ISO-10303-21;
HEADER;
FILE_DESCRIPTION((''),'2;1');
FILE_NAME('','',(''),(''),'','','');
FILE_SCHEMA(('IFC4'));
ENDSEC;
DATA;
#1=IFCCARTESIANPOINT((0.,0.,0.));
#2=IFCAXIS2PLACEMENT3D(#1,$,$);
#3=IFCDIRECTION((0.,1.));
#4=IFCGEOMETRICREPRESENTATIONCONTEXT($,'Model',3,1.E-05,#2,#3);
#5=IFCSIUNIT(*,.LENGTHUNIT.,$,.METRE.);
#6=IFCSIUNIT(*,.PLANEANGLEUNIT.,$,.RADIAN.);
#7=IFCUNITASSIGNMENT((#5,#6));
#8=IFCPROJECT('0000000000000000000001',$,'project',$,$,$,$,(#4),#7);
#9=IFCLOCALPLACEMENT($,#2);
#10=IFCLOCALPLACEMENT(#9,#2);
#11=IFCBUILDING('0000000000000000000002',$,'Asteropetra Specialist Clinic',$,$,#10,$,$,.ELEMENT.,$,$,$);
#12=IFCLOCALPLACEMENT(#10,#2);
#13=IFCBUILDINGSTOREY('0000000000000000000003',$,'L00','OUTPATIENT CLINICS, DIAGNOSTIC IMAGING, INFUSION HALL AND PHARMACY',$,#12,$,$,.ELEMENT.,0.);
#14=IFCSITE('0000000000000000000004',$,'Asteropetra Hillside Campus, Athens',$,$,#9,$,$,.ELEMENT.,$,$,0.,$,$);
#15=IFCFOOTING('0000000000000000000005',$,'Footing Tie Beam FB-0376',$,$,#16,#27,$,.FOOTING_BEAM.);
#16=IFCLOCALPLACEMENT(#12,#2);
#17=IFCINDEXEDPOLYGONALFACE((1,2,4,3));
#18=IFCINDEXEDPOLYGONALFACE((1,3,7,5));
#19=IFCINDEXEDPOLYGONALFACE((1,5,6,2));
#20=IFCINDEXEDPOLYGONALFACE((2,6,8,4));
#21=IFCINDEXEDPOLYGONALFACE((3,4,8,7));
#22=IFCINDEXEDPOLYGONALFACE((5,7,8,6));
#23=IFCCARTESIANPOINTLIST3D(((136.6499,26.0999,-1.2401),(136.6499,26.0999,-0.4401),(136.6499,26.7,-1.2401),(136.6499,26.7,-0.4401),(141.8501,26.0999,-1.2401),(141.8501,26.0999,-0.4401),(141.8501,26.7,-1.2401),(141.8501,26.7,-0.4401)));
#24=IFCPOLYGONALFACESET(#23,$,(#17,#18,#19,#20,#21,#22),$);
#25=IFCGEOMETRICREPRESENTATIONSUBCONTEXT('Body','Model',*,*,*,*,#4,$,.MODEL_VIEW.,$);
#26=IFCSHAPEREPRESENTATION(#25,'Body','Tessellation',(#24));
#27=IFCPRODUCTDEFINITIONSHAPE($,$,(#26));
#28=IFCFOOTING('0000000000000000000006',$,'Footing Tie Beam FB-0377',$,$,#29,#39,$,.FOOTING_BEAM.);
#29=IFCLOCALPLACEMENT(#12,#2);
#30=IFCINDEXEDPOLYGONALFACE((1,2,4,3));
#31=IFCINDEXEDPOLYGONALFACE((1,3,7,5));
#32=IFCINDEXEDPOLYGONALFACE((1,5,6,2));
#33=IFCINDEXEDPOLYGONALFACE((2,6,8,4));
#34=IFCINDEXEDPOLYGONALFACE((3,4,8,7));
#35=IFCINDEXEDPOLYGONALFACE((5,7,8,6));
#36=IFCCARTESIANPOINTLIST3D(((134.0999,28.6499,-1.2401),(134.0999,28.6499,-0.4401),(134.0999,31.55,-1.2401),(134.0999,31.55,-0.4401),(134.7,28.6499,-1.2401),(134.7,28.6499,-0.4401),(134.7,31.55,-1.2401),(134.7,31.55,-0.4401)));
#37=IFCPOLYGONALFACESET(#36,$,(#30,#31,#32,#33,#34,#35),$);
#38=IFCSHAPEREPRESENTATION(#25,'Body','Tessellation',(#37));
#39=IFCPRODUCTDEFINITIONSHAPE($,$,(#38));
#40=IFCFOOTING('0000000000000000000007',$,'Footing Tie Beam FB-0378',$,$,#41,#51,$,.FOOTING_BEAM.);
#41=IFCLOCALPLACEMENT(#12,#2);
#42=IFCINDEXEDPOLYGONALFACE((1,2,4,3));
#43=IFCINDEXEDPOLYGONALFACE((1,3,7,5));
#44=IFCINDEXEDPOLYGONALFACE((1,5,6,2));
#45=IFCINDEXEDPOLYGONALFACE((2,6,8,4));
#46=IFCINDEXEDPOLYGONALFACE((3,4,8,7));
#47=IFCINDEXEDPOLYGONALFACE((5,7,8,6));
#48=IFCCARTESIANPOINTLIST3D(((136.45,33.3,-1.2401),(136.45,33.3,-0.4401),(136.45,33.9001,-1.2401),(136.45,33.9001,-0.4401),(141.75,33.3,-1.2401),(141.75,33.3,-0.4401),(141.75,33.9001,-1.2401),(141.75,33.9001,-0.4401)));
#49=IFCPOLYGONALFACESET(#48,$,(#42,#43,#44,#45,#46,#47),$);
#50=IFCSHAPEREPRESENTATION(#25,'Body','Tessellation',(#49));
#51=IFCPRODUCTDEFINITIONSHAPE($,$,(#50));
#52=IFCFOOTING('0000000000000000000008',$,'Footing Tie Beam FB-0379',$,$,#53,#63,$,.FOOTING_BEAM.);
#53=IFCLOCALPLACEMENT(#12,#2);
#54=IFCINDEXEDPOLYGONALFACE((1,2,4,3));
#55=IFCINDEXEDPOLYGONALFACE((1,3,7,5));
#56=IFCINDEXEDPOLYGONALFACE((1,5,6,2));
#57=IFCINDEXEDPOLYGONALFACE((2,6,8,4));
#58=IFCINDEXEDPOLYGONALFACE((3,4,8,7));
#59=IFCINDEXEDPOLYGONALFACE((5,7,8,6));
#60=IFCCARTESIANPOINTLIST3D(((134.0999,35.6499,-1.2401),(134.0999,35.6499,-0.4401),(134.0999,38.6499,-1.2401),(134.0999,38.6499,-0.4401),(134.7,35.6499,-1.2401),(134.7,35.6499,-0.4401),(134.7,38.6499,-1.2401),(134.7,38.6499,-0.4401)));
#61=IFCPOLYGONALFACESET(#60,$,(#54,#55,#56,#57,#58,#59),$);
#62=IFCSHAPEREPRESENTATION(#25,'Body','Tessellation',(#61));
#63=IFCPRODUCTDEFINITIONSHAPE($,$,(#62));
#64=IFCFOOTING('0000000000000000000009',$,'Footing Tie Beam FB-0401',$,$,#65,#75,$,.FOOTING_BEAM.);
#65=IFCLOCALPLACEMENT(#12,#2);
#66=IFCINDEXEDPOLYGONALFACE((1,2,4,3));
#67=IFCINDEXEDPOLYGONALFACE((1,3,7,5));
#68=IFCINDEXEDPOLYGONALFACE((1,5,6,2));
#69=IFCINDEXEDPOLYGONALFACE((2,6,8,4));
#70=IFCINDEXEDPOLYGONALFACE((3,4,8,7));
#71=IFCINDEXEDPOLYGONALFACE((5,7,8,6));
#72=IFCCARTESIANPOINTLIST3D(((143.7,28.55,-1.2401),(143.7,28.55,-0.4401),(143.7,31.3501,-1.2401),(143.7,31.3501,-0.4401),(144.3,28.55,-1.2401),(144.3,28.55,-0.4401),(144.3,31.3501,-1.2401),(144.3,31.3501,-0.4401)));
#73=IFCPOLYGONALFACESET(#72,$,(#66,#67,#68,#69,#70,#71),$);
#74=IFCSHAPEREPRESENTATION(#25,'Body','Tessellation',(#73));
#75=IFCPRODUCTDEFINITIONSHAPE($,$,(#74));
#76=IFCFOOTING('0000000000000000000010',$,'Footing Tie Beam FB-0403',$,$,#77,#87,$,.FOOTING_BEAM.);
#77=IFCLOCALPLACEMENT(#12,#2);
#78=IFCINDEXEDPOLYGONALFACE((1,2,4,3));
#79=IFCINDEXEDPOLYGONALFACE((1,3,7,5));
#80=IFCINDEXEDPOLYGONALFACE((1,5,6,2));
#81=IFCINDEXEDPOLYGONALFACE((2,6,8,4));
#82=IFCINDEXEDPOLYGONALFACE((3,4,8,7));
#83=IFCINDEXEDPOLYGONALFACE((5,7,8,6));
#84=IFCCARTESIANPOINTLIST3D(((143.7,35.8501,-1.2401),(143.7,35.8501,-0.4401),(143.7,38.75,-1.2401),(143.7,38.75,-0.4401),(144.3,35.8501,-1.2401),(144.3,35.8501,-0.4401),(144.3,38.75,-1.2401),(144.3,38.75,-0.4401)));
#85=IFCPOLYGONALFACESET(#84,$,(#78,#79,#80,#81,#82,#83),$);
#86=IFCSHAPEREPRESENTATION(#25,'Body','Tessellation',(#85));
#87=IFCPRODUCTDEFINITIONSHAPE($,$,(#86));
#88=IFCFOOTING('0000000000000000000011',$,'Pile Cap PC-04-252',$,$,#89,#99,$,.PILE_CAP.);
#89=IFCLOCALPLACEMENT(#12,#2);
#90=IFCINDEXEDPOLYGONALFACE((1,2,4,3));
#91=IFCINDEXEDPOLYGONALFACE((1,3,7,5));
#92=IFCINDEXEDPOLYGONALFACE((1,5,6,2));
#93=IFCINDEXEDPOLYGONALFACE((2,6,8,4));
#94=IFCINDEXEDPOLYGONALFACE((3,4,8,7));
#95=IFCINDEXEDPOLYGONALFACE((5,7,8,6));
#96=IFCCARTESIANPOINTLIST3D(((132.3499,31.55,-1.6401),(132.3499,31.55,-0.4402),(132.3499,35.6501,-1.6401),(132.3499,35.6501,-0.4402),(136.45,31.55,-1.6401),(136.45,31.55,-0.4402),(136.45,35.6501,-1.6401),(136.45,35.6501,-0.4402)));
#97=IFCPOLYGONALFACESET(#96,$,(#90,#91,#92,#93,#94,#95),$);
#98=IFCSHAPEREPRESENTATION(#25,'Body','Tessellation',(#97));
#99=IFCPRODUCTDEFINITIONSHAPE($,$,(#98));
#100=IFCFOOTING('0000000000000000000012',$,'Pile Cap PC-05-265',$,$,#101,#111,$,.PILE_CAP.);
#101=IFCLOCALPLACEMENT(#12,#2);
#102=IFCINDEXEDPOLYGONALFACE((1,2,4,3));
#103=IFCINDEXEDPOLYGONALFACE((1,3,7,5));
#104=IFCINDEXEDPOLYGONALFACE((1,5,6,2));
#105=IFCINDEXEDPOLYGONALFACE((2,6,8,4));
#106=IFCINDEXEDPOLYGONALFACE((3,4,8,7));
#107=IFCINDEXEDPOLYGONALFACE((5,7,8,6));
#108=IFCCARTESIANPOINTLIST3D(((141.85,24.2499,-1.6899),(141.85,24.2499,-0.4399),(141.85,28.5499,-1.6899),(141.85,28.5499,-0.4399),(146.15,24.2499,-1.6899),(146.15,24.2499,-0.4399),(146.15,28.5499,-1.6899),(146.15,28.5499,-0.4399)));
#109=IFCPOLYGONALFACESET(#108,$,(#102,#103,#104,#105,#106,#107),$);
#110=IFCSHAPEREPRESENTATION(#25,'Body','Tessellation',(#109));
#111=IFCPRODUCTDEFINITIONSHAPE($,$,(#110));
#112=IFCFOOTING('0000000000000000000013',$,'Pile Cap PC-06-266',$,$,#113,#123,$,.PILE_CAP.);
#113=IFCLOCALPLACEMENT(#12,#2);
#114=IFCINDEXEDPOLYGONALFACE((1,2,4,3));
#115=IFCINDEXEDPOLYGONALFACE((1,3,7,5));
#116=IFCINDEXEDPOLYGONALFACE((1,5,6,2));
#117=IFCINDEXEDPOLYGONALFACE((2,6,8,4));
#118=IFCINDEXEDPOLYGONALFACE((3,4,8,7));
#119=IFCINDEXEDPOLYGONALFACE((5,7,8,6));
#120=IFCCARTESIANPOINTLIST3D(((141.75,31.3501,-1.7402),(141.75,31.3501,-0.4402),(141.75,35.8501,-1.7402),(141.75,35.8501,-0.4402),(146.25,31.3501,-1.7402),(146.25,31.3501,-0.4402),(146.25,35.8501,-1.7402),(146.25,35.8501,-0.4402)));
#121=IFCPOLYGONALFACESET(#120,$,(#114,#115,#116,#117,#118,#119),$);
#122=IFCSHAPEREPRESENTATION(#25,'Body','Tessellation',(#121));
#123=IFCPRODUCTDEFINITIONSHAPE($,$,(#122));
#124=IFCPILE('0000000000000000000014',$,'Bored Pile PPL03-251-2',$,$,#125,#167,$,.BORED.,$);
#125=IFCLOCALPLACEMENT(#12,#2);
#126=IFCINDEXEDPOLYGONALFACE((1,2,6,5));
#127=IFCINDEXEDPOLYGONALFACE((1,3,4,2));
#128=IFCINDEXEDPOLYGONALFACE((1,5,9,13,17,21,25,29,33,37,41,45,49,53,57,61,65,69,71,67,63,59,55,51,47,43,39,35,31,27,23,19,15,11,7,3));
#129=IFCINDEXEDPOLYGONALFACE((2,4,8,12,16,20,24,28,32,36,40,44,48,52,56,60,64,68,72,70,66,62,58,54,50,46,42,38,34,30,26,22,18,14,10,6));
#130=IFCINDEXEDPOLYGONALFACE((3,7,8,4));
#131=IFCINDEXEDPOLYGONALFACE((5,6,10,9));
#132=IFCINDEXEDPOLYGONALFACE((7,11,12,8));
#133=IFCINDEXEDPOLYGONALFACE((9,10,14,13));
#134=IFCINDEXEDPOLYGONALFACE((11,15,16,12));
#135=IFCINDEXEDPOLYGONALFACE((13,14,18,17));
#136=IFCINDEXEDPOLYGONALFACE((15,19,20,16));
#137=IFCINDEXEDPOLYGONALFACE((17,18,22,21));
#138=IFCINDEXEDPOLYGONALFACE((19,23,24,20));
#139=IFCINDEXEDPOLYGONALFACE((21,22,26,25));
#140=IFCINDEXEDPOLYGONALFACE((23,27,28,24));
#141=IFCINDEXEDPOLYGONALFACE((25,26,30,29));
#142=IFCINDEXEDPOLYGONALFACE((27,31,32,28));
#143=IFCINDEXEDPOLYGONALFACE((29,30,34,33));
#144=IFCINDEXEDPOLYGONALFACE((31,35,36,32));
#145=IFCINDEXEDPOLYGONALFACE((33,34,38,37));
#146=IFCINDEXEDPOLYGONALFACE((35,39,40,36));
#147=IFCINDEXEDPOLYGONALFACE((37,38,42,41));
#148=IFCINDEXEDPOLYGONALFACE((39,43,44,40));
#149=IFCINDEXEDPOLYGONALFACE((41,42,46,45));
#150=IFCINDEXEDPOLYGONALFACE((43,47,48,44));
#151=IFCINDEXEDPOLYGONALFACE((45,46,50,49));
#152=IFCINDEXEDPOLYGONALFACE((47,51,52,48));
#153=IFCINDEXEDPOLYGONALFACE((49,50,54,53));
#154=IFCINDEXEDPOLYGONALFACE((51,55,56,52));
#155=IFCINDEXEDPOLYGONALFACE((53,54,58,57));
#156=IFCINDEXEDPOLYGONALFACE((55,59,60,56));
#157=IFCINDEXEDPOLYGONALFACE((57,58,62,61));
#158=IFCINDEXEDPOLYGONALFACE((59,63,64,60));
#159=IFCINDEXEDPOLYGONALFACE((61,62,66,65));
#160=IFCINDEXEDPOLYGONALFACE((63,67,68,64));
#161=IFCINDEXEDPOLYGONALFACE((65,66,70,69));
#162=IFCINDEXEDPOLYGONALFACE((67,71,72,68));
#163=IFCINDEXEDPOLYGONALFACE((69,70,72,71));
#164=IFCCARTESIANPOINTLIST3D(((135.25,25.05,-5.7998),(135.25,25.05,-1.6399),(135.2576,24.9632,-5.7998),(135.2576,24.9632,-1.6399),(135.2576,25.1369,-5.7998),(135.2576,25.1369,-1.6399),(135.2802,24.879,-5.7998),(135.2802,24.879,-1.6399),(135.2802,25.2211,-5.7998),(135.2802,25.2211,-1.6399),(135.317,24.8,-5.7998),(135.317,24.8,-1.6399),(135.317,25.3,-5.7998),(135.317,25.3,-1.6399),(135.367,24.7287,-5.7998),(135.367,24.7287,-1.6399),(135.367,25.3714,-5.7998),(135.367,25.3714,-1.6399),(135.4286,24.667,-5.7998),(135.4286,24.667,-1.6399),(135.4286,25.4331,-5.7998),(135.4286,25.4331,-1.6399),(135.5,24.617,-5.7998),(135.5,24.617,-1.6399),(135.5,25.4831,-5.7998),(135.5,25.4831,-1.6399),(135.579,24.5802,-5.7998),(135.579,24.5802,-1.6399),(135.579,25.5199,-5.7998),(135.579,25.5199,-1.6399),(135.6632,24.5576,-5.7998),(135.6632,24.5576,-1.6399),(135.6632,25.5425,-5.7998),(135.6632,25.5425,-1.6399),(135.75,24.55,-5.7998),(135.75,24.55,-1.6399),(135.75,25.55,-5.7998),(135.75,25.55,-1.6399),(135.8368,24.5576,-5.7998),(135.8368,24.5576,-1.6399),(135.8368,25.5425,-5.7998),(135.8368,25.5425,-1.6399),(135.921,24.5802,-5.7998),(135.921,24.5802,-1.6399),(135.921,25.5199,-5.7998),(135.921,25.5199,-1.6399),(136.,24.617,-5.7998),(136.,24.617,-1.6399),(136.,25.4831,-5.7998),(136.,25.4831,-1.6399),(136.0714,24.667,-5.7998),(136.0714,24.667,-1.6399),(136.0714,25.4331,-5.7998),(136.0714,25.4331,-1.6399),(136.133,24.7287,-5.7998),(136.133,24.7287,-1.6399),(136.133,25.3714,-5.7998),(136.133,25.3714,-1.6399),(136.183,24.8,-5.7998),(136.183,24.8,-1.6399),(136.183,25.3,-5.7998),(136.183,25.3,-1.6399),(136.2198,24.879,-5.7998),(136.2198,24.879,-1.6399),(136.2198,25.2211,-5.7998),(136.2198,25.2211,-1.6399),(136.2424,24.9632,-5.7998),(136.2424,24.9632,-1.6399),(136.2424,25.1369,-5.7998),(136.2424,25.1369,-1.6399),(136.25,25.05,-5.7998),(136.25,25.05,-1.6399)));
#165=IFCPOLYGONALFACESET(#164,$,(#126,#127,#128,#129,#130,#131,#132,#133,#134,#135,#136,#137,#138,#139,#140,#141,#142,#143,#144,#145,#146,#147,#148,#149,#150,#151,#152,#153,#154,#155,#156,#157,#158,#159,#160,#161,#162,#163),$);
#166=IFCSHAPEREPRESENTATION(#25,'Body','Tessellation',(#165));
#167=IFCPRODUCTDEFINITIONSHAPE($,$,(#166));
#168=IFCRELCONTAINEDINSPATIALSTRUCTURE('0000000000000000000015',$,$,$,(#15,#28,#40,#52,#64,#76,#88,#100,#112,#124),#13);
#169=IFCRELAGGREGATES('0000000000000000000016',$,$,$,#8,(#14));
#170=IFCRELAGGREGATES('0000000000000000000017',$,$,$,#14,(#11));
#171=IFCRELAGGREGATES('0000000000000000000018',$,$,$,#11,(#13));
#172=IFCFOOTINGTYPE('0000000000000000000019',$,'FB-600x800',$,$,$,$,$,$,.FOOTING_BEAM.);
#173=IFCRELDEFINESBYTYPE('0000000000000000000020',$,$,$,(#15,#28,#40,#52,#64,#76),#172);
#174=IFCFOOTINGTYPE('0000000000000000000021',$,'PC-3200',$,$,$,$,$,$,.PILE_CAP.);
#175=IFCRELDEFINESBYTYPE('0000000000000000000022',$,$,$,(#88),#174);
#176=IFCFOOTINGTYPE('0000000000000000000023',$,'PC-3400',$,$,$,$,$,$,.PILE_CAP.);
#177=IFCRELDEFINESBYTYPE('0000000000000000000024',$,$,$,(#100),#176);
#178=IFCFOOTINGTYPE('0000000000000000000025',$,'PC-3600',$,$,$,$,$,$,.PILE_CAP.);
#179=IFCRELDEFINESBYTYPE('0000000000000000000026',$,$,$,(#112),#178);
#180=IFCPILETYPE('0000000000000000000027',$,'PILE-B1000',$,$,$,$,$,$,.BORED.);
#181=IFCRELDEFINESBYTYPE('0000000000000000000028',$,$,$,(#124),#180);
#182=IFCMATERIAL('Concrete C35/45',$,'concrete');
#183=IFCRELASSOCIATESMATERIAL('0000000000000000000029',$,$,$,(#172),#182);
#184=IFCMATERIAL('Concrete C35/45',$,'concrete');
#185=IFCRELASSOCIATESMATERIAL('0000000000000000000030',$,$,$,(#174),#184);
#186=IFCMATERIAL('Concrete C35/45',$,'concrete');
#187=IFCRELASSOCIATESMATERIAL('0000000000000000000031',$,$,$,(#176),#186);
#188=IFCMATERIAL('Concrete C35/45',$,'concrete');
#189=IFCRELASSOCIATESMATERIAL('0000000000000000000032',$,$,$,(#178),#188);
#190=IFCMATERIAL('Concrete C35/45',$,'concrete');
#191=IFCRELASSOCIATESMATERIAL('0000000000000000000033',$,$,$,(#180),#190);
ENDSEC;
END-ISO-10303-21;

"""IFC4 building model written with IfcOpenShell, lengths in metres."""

from ifc_helpers import new_model, si_unit, direction, frame, origin, origin_2d, place, context, subcontext, project, spatial, rectangle, circle, extrude, material, material_profile, profile_set, type_object, element, save


model = new_model("IFC4")

# Units and contexts
model_context = context("Model", 3, precision=1e-05, world=origin(), true_north=direction((0.0, 1.0)))
body_context = subcontext(model_context, "Body", "Model", "MODEL_VIEW")
ifc_project = project(units=[si_unit("LENGTHUNIT", "METRE"), si_unit("PLANEANGLEUNIT", "RADIAN")], contexts=[model_context])

# Site, building, storey
site_placement = place(None, origin())
site = spatial("IfcSite", under=ifc_project, at=site_placement, Name="Asteropetra Hillside Campus, Athens", CompositionType="ELEMENT", RefElevation=0.0)
building_placement = place(site_placement, origin())
building = spatial("IfcBuilding", under=site, at=building_placement, Name="Asteropetra Specialist Clinic", CompositionType="ELEMENT")
storey_placement = place(building_placement, origin())
storey = spatial("IfcBuildingStorey", under=building, at=storey_placement, Name="L00", Description="OUTPATIENT CLINICS, DIAGNOSTIC IMAGING, INFUSION HALL AND PHARMACY", CompositionType="ELEMENT", Elevation=0.0)

# Footings
ifc_material_1 = material(Name="Concrete C35/45", Category="concrete")
ifc_material_profile_1 = material_profile(ifc_material_1, rectangle(XDim=0.6001, YDim=0.8, at=origin_2d()), Name="FB 600x800")
ifc_profile_set_1 = profile_set([ifc_material_profile_1], Name="Concrete C35/45")
footing_type_1 = type_object("IfcFootingType", Name="FB-600x800", PredefinedType="FOOTING_BEAM", material=ifc_profile_set_1)
footing_1_placement = place(storey_placement, frame((136.6499, 26.3999, -0.8401), z_axis=(1.0, 0.0, 0.0), x_axis=(0.0, 1.0, 0.0)))
element("IfcFooting", 1, at=footing_1_placement, inside=storey, type_object=footing_type_1, Name="Footing Tie Beam FB-0376", PredefinedType="FOOTING_BEAM", context=body_context, shape_type="SweptSolid", body=[
    extrude(rectangle(XDim=0.6001, YDim=0.8, at=origin_2d()), origin(), (0.0, 0.0, 1.0), 5.2002),
])
footing_2_placement = place(storey_placement, frame((134.3999, 28.6499, -0.8401), z_axis=(0.0, 1.0, 0.0), x_axis=(-1.0, 0.0, 0.0)))
element("IfcFooting", 2, at=footing_2_placement, inside=storey, type_object=footing_type_1, Name="Footing Tie Beam FB-0377", PredefinedType="FOOTING_BEAM", context=body_context, shape_type="SweptSolid", body=[
    extrude(rectangle(XDim=0.6001, YDim=0.8, at=origin_2d()), origin(), (0.0, 0.0, 1.0), 2.9001),
])
footing_3_placement = place(storey_placement, frame((136.45, 33.6001, -0.8401), z_axis=(1.0, 0.0, 0.0), x_axis=(0.0, 1.0, 0.0)))
element("IfcFooting", 3, at=footing_3_placement, inside=storey, type_object=footing_type_1, Name="Footing Tie Beam FB-0378", PredefinedType="FOOTING_BEAM", context=body_context, shape_type="SweptSolid", body=[
    extrude(rectangle(XDim=0.6001, YDim=0.8, at=origin_2d()), origin(), (0.0, 0.0, 1.0), 5.3),
])
footing_4_placement = place(storey_placement, frame((134.3999, 35.6499, -0.8401), z_axis=(0.0, 1.0, 0.0), x_axis=(-1.0, 0.0, 0.0)))
element("IfcFooting", 4, at=footing_4_placement, inside=storey, type_object=footing_type_1, Name="Footing Tie Beam FB-0379", PredefinedType="FOOTING_BEAM", context=body_context, shape_type="SweptSolid", body=[
    extrude(rectangle(XDim=0.6001, YDim=0.8, at=origin_2d()), origin(), (0.0, 0.0, 1.0), 3.0),
])
footing_5_placement = place(storey_placement, frame((144.0, 28.55, -0.8401), z_axis=(0.0, 1.0, 0.0), x_axis=(-1.0, 0.0, 0.0)))
element("IfcFooting", 5, at=footing_5_placement, inside=storey, type_object=footing_type_1, Name="Footing Tie Beam FB-0401", PredefinedType="FOOTING_BEAM", context=body_context, shape_type="SweptSolid", body=[
    extrude(rectangle(XDim=0.6001, YDim=0.8, at=origin_2d()), origin(), (0.0, 0.0, 1.0), 2.8),
])
footing_6_placement = place(storey_placement, frame((144.0, 35.8501, -0.8401), z_axis=(0.0, 1.0, 0.0), x_axis=(-1.0, 0.0, 0.0)))
element("IfcFooting", 6, at=footing_6_placement, inside=storey, type_object=footing_type_1, Name="Footing Tie Beam FB-0403", PredefinedType="FOOTING_BEAM", context=body_context, shape_type="SweptSolid", body=[
    extrude(rectangle(XDim=0.6001, YDim=0.8, at=origin_2d()), origin(), (0.0, 0.0, 1.0), 2.8999),
])
ifc_material_2 = material(Name="Concrete C35/45", Category="concrete")
footing_type_2 = type_object("IfcFootingType", Name="PC-3200", PredefinedType="PILE_CAP", material=ifc_material_2)
footing_7_placement = place(storey_placement, frame((134.3999, 33.6001, -1.6401), z_axis=(0.0, 0.0, 1.0), x_axis=(1.0, 0.0, 0.0)))
element("IfcFooting", 7, at=footing_7_placement, inside=storey, type_object=footing_type_2, Name="Pile Cap PC-04-252", PredefinedType="PILE_CAP", context=body_context, shape_type="SweptSolid", body=[
    extrude(rectangle(XDim=4.1001, YDim=4.1001, at=origin_2d()), origin(), (0.0, 0.0, 1.0), 1.2),
])
ifc_material_3 = material(Name="Concrete C35/45", Category="concrete")
footing_type_3 = type_object("IfcFootingType", Name="PC-3400", PredefinedType="PILE_CAP", material=ifc_material_3)
footing_8_placement = place(storey_placement, frame((144.0, 26.3999, -1.6899), z_axis=(0.0, 0.0, 1.0), x_axis=(1.0, 0.0, 0.0)))
element("IfcFooting", 8, at=footing_8_placement, inside=storey, type_object=footing_type_3, Name="Pile Cap PC-05-265", PredefinedType="PILE_CAP", context=body_context, shape_type="SweptSolid", body=[
    extrude(rectangle(XDim=4.3, YDim=4.3, at=origin_2d()), origin(), (0.0, 0.0, 1.0), 1.25),
])
ifc_material_4 = material(Name="Concrete C35/45", Category="concrete")
footing_type_4 = type_object("IfcFootingType", Name="PC-3600", PredefinedType="PILE_CAP", material=ifc_material_4)
footing_9_placement = place(storey_placement, frame((144.0, 33.6001, -1.7402), z_axis=(0.0, 0.0, 1.0), x_axis=(1.0, 0.0, 0.0)))
element("IfcFooting", 9, at=footing_9_placement, inside=storey, type_object=footing_type_4, Name="Pile Cap PC-06-266", PredefinedType="PILE_CAP", context=body_context, shape_type="SweptSolid", body=[
    extrude(rectangle(XDim=4.5, YDim=4.5, at=origin_2d()), origin(), (0.0, 0.0, 1.0), 1.3),
])

# Pile
ifc_material_5 = material(Name="Concrete C35/45", Category="concrete")
ifc_material_profile_2 = material_profile(ifc_material_5, circle(Radius=0.5, at=origin_2d()), Name="PILE D1000")
ifc_profile_set_2 = profile_set([ifc_material_profile_2], Name="Concrete C35/45")
pile_type_1 = type_object("IfcPileType", Name="PILE-B1000", PredefinedType="BORED", material=ifc_profile_set_2)
for number, where, z_axis, x_axis, name in (
    (10, (135.75, 25.05, -1.6399), (0.0, 0.0, -1.0), (1.0, 0.0, 0.0), "Bored Pile PPL03-251-2"),
):
    element("IfcPile", number, at=place(storey_placement, frame(where, z_axis=z_axis, x_axis=x_axis)), inside=storey, type_object=pile_type_1, Name=name, PredefinedType="BORED", context=body_context, shape_type="SweptSolid", body=[
        extrude(circle(Radius=0.5, at=origin_2d()), origin(), (0.0, 0.0, 1.0), 4.1599),
    ])

save(model, "model.ifc")
